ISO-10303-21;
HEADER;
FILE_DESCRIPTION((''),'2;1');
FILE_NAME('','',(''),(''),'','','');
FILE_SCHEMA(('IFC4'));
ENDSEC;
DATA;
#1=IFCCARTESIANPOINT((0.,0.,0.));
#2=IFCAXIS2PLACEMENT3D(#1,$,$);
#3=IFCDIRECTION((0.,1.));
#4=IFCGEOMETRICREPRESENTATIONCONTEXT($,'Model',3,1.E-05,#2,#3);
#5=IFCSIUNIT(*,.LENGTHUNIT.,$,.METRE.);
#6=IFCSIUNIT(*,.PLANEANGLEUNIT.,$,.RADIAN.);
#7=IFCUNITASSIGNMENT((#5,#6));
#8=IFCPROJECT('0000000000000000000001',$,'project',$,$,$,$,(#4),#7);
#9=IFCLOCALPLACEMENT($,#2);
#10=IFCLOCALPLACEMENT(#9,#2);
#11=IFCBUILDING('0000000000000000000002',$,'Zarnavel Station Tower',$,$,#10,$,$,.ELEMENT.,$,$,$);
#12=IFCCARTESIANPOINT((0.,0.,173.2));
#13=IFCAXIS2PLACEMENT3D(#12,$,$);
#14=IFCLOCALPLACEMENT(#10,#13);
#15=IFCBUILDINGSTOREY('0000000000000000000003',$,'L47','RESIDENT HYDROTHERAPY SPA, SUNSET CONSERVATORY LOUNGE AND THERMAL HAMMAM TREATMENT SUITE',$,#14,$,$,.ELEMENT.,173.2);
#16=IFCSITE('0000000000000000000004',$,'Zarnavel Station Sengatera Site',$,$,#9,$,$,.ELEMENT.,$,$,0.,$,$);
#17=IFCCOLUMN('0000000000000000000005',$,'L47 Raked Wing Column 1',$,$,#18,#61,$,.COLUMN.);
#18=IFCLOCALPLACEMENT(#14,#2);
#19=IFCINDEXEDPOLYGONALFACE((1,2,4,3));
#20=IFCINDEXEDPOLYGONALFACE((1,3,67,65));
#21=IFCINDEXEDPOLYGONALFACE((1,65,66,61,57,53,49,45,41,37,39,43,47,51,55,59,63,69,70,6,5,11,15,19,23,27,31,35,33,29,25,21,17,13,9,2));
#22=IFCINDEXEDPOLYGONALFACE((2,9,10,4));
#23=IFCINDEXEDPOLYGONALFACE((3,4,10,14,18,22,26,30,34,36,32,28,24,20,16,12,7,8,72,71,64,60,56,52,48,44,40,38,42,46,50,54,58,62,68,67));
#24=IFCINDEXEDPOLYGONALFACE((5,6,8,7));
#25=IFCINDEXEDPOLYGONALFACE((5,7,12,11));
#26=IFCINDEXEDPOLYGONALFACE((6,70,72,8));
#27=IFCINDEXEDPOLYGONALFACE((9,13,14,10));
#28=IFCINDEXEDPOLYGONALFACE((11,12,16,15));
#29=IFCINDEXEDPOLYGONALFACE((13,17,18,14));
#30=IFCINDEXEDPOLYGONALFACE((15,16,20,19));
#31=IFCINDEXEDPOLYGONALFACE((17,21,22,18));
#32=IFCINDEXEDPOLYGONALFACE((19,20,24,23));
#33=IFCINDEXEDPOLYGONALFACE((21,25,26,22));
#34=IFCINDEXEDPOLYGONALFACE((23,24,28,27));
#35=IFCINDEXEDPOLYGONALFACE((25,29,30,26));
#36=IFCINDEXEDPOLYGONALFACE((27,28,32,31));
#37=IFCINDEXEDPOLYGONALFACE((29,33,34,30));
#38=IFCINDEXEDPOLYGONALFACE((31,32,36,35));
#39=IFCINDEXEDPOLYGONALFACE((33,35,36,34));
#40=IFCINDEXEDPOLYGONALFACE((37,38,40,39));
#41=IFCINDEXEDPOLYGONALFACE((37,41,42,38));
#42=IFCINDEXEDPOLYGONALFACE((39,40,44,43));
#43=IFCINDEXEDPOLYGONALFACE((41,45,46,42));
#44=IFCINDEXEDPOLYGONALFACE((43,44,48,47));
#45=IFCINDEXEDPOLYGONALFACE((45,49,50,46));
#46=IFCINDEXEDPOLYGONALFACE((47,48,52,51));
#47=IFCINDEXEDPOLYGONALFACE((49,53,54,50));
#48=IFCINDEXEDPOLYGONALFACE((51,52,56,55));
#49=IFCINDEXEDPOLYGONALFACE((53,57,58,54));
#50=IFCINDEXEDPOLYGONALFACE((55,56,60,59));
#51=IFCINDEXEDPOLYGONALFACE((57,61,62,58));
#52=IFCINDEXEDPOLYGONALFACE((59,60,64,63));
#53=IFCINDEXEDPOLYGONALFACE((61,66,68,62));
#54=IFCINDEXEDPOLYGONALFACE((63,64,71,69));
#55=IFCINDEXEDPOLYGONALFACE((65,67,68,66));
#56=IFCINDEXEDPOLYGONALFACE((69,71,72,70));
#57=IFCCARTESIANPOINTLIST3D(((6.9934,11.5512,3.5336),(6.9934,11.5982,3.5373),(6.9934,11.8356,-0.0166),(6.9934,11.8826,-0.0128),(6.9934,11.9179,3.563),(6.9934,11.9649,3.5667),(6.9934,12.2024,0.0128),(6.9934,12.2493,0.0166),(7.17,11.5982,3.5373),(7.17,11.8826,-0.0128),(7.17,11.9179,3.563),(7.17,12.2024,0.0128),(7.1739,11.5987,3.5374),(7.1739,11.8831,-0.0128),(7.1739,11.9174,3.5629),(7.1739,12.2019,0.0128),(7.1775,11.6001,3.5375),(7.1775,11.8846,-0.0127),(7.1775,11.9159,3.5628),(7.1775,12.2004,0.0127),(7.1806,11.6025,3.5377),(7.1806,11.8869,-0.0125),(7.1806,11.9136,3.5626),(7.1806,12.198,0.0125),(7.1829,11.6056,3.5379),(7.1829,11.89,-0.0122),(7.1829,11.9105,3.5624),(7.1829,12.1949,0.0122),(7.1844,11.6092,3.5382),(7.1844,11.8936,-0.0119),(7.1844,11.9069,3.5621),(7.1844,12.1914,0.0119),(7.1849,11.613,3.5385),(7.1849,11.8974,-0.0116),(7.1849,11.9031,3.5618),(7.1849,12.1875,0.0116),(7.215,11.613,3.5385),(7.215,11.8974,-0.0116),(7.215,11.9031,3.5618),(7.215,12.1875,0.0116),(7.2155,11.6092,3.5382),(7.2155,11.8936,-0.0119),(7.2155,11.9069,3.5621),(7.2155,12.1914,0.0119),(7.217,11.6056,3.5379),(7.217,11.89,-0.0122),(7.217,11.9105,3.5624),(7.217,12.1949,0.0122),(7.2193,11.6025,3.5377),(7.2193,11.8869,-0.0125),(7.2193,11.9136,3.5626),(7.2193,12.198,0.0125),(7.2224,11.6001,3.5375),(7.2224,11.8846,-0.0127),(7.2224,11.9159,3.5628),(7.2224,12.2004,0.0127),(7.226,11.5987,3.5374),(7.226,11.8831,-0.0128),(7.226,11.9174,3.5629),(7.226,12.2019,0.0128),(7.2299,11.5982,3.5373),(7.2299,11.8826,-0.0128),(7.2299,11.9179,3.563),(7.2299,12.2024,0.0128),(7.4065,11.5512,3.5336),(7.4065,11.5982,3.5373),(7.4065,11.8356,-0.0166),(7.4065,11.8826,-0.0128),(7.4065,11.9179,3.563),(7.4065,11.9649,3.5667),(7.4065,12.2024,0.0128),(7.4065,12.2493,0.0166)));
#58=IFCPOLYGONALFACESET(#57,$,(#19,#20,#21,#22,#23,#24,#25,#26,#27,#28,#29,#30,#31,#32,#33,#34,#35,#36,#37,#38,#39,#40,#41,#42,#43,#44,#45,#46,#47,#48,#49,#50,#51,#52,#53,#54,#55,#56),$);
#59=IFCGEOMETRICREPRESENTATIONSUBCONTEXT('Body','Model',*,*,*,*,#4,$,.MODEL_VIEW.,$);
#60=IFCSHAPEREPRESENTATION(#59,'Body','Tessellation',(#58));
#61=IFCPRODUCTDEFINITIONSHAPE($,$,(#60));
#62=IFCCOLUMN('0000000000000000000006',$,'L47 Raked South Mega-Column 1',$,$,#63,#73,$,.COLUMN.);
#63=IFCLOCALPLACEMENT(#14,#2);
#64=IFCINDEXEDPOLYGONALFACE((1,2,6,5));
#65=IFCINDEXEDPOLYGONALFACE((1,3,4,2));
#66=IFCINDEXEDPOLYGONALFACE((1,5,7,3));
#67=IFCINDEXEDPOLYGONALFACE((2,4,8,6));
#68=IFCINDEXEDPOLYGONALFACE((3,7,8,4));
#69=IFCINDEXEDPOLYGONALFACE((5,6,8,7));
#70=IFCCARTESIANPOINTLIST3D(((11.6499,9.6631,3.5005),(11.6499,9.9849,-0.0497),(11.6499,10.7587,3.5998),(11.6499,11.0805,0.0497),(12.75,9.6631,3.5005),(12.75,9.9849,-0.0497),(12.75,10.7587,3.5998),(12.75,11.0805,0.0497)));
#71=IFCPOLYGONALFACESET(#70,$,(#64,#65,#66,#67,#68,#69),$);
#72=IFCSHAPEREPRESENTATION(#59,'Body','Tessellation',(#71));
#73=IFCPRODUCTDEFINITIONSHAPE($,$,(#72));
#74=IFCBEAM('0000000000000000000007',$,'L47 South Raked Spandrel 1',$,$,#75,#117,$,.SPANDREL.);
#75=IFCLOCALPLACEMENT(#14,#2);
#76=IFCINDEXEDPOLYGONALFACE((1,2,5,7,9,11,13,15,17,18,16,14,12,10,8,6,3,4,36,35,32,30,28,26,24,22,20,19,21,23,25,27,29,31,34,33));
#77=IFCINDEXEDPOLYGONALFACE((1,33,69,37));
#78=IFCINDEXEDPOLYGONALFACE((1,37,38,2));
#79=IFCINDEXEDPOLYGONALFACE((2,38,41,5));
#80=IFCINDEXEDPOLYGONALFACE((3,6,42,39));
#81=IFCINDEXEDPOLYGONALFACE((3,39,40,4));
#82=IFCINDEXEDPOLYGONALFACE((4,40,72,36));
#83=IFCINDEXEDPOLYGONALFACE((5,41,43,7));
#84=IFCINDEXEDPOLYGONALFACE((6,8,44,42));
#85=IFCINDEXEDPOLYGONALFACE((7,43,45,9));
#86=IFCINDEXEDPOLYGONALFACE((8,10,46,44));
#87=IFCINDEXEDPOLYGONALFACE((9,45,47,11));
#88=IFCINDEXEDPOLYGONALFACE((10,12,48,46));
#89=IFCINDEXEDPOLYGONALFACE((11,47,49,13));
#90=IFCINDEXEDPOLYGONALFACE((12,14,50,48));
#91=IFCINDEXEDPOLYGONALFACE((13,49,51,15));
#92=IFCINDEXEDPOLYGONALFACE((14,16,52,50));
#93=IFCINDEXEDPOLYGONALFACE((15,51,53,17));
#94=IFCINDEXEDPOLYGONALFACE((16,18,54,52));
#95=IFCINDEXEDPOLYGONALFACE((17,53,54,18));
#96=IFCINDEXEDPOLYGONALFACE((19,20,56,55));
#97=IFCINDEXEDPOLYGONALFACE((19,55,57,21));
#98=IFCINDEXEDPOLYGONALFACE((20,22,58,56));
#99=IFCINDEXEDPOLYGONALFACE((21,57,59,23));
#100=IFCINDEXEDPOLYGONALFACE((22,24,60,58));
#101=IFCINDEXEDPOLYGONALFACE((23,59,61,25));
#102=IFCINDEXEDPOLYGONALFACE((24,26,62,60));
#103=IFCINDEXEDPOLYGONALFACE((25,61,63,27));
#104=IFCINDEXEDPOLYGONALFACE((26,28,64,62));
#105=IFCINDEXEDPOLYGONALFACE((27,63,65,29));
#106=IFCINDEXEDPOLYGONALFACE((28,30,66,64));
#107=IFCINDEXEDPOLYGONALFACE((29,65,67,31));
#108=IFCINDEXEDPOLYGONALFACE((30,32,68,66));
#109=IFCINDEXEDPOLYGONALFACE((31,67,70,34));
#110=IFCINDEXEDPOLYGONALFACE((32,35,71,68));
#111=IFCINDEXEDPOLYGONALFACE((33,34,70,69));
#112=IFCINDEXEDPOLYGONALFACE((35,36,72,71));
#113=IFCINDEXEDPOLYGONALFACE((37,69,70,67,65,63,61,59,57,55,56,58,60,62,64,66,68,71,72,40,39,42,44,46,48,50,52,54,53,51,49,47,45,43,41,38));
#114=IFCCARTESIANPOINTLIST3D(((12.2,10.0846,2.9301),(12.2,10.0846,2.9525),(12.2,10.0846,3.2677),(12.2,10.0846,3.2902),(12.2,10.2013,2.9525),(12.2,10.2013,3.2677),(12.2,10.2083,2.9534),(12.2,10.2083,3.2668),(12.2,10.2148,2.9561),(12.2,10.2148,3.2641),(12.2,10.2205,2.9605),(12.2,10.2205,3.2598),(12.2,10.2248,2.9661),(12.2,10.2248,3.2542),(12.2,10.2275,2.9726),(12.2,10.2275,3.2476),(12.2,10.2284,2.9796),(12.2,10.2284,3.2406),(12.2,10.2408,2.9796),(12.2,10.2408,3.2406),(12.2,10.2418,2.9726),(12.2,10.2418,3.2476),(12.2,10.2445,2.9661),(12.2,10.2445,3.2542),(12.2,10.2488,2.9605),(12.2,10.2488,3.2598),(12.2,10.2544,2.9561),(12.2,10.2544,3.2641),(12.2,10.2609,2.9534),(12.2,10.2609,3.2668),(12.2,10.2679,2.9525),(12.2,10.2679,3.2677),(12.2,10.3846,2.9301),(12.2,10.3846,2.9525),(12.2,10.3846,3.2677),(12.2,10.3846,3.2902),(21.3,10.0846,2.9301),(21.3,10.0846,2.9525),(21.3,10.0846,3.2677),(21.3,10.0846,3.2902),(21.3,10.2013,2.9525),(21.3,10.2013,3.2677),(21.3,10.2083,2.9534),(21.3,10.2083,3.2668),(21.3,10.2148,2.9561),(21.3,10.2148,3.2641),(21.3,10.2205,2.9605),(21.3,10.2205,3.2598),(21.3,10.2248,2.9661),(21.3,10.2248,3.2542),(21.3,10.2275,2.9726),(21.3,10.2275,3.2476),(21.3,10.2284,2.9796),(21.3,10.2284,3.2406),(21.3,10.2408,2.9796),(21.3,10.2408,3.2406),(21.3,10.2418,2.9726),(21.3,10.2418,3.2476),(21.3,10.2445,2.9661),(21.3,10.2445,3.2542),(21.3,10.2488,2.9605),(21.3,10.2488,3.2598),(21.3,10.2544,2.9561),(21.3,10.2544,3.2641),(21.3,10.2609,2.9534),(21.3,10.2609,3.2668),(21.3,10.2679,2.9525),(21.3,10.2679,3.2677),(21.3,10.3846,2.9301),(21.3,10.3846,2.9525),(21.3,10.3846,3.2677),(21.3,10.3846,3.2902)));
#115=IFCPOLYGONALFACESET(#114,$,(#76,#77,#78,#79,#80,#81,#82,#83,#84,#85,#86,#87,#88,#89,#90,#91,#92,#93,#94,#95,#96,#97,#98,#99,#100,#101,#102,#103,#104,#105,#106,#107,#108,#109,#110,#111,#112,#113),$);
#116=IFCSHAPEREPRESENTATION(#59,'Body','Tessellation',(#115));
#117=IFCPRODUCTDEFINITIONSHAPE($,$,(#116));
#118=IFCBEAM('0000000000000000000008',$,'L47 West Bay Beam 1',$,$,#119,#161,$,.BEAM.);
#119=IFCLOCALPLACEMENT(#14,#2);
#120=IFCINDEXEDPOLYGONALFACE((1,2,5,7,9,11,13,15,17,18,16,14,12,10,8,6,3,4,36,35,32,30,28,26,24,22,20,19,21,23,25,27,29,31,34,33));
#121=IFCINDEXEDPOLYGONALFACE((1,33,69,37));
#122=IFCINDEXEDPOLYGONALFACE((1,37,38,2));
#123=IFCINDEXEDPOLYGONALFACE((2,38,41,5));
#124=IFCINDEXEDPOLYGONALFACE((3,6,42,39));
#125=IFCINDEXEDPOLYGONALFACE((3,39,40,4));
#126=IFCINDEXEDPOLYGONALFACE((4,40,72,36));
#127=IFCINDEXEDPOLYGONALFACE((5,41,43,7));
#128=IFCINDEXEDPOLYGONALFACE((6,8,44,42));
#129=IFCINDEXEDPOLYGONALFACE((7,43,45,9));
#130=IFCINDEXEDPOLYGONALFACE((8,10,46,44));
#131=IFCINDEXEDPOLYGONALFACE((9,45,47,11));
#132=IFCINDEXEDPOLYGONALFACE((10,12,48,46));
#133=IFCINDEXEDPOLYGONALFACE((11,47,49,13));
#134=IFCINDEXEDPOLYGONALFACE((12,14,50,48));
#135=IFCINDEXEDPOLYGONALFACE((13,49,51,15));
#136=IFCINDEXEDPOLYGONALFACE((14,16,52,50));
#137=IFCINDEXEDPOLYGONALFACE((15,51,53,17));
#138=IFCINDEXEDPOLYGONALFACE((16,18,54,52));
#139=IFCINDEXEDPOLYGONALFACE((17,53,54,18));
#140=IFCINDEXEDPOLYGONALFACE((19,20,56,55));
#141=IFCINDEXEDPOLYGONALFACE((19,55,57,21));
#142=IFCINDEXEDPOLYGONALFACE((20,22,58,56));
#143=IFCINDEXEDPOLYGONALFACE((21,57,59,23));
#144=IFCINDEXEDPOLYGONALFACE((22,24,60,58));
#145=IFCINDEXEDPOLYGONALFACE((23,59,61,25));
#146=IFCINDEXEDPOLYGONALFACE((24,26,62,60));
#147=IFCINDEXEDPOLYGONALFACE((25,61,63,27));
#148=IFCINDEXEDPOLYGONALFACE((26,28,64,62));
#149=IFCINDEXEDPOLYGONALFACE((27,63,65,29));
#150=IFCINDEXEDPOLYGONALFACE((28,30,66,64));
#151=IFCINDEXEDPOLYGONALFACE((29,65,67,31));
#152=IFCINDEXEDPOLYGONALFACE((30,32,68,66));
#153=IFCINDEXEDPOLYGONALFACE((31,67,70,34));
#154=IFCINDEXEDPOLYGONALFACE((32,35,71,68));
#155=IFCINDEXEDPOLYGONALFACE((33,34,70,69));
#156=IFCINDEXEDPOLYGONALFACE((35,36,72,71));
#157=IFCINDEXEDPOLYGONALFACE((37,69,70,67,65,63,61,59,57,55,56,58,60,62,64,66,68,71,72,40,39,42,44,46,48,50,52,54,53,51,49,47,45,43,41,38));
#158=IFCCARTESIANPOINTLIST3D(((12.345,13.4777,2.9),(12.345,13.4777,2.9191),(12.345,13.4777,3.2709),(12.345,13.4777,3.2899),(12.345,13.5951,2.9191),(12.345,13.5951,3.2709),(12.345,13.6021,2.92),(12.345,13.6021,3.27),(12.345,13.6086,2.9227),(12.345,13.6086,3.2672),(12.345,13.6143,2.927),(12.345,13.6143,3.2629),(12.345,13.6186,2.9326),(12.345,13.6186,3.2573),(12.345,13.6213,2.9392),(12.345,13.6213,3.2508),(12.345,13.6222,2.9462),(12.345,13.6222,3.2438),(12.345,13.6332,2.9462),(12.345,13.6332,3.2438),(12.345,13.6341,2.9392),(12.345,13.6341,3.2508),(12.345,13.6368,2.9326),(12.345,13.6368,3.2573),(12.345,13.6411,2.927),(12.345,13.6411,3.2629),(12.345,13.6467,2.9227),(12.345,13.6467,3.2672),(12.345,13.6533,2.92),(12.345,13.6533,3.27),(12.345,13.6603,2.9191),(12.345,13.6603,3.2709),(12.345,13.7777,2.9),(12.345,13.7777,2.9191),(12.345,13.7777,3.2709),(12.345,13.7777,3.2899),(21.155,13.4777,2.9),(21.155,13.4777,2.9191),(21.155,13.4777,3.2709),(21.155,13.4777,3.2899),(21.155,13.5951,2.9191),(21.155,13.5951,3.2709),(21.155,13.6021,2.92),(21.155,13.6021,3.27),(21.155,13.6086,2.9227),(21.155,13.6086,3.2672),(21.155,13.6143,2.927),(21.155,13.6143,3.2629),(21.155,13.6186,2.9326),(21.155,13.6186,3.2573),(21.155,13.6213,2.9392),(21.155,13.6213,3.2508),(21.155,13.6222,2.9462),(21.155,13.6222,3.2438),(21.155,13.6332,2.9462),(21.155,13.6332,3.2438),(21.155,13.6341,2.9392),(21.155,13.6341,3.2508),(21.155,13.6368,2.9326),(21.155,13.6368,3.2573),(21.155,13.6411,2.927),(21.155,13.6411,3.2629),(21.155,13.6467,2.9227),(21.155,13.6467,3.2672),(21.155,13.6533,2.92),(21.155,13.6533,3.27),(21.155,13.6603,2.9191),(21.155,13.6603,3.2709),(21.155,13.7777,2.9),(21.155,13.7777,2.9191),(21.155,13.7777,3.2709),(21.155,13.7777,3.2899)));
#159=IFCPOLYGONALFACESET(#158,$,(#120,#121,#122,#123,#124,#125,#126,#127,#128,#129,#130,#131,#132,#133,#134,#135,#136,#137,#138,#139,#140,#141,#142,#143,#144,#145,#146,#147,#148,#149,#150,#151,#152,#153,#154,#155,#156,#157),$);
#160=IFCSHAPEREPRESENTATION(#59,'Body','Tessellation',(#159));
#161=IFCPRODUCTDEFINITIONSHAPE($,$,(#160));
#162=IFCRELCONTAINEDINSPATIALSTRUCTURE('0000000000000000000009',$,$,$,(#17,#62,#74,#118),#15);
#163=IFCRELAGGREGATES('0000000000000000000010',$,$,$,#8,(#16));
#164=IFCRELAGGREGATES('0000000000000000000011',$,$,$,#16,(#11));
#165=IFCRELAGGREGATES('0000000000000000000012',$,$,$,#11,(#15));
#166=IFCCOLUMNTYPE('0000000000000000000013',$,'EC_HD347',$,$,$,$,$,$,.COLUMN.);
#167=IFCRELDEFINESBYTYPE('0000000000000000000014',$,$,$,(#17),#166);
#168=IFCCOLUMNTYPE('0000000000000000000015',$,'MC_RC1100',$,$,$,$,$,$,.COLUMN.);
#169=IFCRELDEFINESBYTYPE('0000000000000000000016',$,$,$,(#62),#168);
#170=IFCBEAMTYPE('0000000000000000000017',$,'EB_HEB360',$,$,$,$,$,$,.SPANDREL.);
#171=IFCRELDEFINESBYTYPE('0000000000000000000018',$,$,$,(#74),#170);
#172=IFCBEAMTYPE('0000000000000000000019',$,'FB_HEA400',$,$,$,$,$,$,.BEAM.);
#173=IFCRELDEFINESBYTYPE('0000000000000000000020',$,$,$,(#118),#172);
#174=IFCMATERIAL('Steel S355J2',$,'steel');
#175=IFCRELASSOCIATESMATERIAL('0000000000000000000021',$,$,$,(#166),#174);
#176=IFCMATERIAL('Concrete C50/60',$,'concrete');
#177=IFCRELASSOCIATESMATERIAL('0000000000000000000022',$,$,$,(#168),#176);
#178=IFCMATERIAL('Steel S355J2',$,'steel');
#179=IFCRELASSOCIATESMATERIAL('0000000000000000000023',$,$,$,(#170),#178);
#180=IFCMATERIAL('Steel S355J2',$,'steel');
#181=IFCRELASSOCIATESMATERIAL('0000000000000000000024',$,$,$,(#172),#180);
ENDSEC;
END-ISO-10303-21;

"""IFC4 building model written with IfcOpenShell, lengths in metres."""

from ifc_helpers import new_model, si_unit, direction, frame, origin, origin_2d, place, context, subcontext, project, spatial, rectangle, i_section, extrude, material, material_profile, profile_set, type_object, element, save


model = new_model("IFC4")

# Units and contexts
model_context = context("Model", 3, precision=1e-05, world=origin(), true_north=direction((0.0, 1.0)))
body_context = subcontext(model_context, "Body", "Model", "MODEL_VIEW")
ifc_project = project(units=[si_unit("LENGTHUNIT", "METRE"), si_unit("PLANEANGLEUNIT", "RADIAN")], contexts=[model_context])

# Site, building, storey
site_placement = place(None, origin())
site = spatial("IfcSite", under=ifc_project, at=site_placement, Name="Zarnavel Station Sengatera Site", CompositionType="ELEMENT", RefElevation=0.0)
building_placement = place(site_placement, origin())
building = spatial("IfcBuilding", under=site, at=building_placement, Name="Zarnavel Station Tower", CompositionType="ELEMENT")
storey_placement = place(building_placement, frame((0.0, 0.0, 173.2)))
storey = spatial("IfcBuildingStorey", under=building, at=storey_placement, Name="L47", Description="RESIDENT HYDROTHERAPY SPA, SUNSET CONSERVATORY LOUNGE AND THERMAL HAMMAM TREATMENT SUITE", CompositionType="ELEMENT", Elevation=173.2)

# Columns
ifc_material_1 = material(Name="Steel S355J2", Category="steel")
ifc_material_profile_1 = material_profile(ifc_material_1, i_section(OverallWidth=0.4131, OverallDepth=0.415, WebThickness=0.03, FlangeThickness=0.0471, FilletRadius=0.0149, at=origin_2d()), Name="HD400x347")
ifc_profile_set_1 = profile_set([ifc_material_profile_1], Name="Steel S355J2")
column_type_1 = type_object("IfcColumnType", Name="EC_HD347", PredefinedType="COLUMN", material=ifc_profile_set_1)
column_1_placement = place(storey_placement, frame((7.2, 12.0425, 0.0), z_axis=(0.0, -0.079862, 0.996806), x_axis=(1.0, 0.0, 0.0)))
element("IfcColumn", 1, at=column_1_placement, inside=storey, type_object=column_type_1, Name="L47 Raked Wing Column 1", PredefinedType="COLUMN", context=body_context, shape_type="SweptSolid", body=[
    extrude(i_section(OverallWidth=0.4131, OverallDepth=0.415, WebThickness=0.03, FlangeThickness=0.0471, FilletRadius=0.0149, at=origin_2d()), origin(), (0.0, 0.0, 1.0), 3.5615),
])
ifc_material_2 = material(Name="Concrete C50/60", Category="concrete")
ifc_material_profile_2 = material_profile(ifc_material_2, rectangle(XDim=1.1001, YDim=1.1001, at=origin_2d()), Name="RC1100x1100")
ifc_profile_set_2 = profile_set([ifc_material_profile_2], Name="Concrete C50/60")
column_type_2 = type_object("IfcColumnType", Name="MC_RC1100", PredefinedType="COLUMN", material=ifc_profile_set_2)
column_2_placement = place(storey_placement, frame((12.2, 10.5327, 0.0), z_axis=(0.0, -0.09027, 0.995917), x_axis=(1.0, 0.0, 0.0)))
element("IfcColumn", 2, at=column_2_placement, inside=storey, type_object=column_type_2, Name="L47 Raked South Mega-Column 1", PredefinedType="COLUMN", context=body_context, shape_type="SweptSolid", body=[
    extrude(rectangle(XDim=1.1001, YDim=1.1001, at=origin_2d()), origin(), (0.0, 0.0, 1.0), 3.5647),
])

# Beams
ifc_material_3 = material(Name="Steel S355J2", Category="steel")
ifc_material_profile_3 = material_profile(ifc_material_3, i_section(OverallWidth=0.3, OverallDepth=0.3601, WebThickness=0.0125, FlangeThickness=0.0225, FilletRadius=0.0271, at=origin_2d()), Name="HEB360")
ifc_profile_set_3 = profile_set([ifc_material_profile_3], Name="Steel S355J2")
beam_type_1 = type_object("IfcBeamType", Name="EB_HEB360", PredefinedType="SPANDREL", material=ifc_profile_set_3)
beam_1_placement = place(storey_placement, frame((12.2, 10.2346, 3.1101), z_axis=(1.0, 0.0, 0.0), x_axis=(0.0, 1.0, 0.0)))
element("IfcBeam", 3, at=beam_1_placement, inside=storey, type_object=beam_type_1, Name="L47 South Raked Spandrel 1", PredefinedType="SPANDREL", context=body_context, shape_type="SweptSolid", body=[
    extrude(i_section(OverallWidth=0.3, OverallDepth=0.3601, WebThickness=0.0125, FlangeThickness=0.0225, FilletRadius=0.0271, at=origin_2d()), origin(), (0.0, 0.0, 1.0), 9.1001),
])
ifc_material_4 = material(Name="Steel S355J2", Category="steel")
ifc_material_profile_4 = material_profile(ifc_material_4, i_section(OverallWidth=0.3, OverallDepth=0.3899, WebThickness=0.011, FlangeThickness=0.019, FilletRadius=0.0271, at=origin_2d()), Name="HEA400")
ifc_profile_set_4 = profile_set([ifc_material_profile_4], Name="Steel S355J2")
beam_type_2 = type_object("IfcBeamType", Name="FB_HEA400", PredefinedType="BEAM", material=ifc_profile_set_4)
beam_2_placement = place(storey_placement, frame((12.345, 13.6277, 3.095), z_axis=(1.0, 0.0, 0.0), x_axis=(0.0, 1.0, 0.0)))
element("IfcBeam", 4, at=beam_2_placement, inside=storey, type_object=beam_type_2, Name="L47 West Bay Beam 1", PredefinedType="BEAM", context=body_context, shape_type="SweptSolid", body=[
    extrude(i_section(OverallWidth=0.3, OverallDepth=0.3899, WebThickness=0.011, FlangeThickness=0.019, FilletRadius=0.0271, at=origin_2d()), origin(), (0.0, 0.0, 1.0), 8.8101),
])

save(model, "model.ifc")
